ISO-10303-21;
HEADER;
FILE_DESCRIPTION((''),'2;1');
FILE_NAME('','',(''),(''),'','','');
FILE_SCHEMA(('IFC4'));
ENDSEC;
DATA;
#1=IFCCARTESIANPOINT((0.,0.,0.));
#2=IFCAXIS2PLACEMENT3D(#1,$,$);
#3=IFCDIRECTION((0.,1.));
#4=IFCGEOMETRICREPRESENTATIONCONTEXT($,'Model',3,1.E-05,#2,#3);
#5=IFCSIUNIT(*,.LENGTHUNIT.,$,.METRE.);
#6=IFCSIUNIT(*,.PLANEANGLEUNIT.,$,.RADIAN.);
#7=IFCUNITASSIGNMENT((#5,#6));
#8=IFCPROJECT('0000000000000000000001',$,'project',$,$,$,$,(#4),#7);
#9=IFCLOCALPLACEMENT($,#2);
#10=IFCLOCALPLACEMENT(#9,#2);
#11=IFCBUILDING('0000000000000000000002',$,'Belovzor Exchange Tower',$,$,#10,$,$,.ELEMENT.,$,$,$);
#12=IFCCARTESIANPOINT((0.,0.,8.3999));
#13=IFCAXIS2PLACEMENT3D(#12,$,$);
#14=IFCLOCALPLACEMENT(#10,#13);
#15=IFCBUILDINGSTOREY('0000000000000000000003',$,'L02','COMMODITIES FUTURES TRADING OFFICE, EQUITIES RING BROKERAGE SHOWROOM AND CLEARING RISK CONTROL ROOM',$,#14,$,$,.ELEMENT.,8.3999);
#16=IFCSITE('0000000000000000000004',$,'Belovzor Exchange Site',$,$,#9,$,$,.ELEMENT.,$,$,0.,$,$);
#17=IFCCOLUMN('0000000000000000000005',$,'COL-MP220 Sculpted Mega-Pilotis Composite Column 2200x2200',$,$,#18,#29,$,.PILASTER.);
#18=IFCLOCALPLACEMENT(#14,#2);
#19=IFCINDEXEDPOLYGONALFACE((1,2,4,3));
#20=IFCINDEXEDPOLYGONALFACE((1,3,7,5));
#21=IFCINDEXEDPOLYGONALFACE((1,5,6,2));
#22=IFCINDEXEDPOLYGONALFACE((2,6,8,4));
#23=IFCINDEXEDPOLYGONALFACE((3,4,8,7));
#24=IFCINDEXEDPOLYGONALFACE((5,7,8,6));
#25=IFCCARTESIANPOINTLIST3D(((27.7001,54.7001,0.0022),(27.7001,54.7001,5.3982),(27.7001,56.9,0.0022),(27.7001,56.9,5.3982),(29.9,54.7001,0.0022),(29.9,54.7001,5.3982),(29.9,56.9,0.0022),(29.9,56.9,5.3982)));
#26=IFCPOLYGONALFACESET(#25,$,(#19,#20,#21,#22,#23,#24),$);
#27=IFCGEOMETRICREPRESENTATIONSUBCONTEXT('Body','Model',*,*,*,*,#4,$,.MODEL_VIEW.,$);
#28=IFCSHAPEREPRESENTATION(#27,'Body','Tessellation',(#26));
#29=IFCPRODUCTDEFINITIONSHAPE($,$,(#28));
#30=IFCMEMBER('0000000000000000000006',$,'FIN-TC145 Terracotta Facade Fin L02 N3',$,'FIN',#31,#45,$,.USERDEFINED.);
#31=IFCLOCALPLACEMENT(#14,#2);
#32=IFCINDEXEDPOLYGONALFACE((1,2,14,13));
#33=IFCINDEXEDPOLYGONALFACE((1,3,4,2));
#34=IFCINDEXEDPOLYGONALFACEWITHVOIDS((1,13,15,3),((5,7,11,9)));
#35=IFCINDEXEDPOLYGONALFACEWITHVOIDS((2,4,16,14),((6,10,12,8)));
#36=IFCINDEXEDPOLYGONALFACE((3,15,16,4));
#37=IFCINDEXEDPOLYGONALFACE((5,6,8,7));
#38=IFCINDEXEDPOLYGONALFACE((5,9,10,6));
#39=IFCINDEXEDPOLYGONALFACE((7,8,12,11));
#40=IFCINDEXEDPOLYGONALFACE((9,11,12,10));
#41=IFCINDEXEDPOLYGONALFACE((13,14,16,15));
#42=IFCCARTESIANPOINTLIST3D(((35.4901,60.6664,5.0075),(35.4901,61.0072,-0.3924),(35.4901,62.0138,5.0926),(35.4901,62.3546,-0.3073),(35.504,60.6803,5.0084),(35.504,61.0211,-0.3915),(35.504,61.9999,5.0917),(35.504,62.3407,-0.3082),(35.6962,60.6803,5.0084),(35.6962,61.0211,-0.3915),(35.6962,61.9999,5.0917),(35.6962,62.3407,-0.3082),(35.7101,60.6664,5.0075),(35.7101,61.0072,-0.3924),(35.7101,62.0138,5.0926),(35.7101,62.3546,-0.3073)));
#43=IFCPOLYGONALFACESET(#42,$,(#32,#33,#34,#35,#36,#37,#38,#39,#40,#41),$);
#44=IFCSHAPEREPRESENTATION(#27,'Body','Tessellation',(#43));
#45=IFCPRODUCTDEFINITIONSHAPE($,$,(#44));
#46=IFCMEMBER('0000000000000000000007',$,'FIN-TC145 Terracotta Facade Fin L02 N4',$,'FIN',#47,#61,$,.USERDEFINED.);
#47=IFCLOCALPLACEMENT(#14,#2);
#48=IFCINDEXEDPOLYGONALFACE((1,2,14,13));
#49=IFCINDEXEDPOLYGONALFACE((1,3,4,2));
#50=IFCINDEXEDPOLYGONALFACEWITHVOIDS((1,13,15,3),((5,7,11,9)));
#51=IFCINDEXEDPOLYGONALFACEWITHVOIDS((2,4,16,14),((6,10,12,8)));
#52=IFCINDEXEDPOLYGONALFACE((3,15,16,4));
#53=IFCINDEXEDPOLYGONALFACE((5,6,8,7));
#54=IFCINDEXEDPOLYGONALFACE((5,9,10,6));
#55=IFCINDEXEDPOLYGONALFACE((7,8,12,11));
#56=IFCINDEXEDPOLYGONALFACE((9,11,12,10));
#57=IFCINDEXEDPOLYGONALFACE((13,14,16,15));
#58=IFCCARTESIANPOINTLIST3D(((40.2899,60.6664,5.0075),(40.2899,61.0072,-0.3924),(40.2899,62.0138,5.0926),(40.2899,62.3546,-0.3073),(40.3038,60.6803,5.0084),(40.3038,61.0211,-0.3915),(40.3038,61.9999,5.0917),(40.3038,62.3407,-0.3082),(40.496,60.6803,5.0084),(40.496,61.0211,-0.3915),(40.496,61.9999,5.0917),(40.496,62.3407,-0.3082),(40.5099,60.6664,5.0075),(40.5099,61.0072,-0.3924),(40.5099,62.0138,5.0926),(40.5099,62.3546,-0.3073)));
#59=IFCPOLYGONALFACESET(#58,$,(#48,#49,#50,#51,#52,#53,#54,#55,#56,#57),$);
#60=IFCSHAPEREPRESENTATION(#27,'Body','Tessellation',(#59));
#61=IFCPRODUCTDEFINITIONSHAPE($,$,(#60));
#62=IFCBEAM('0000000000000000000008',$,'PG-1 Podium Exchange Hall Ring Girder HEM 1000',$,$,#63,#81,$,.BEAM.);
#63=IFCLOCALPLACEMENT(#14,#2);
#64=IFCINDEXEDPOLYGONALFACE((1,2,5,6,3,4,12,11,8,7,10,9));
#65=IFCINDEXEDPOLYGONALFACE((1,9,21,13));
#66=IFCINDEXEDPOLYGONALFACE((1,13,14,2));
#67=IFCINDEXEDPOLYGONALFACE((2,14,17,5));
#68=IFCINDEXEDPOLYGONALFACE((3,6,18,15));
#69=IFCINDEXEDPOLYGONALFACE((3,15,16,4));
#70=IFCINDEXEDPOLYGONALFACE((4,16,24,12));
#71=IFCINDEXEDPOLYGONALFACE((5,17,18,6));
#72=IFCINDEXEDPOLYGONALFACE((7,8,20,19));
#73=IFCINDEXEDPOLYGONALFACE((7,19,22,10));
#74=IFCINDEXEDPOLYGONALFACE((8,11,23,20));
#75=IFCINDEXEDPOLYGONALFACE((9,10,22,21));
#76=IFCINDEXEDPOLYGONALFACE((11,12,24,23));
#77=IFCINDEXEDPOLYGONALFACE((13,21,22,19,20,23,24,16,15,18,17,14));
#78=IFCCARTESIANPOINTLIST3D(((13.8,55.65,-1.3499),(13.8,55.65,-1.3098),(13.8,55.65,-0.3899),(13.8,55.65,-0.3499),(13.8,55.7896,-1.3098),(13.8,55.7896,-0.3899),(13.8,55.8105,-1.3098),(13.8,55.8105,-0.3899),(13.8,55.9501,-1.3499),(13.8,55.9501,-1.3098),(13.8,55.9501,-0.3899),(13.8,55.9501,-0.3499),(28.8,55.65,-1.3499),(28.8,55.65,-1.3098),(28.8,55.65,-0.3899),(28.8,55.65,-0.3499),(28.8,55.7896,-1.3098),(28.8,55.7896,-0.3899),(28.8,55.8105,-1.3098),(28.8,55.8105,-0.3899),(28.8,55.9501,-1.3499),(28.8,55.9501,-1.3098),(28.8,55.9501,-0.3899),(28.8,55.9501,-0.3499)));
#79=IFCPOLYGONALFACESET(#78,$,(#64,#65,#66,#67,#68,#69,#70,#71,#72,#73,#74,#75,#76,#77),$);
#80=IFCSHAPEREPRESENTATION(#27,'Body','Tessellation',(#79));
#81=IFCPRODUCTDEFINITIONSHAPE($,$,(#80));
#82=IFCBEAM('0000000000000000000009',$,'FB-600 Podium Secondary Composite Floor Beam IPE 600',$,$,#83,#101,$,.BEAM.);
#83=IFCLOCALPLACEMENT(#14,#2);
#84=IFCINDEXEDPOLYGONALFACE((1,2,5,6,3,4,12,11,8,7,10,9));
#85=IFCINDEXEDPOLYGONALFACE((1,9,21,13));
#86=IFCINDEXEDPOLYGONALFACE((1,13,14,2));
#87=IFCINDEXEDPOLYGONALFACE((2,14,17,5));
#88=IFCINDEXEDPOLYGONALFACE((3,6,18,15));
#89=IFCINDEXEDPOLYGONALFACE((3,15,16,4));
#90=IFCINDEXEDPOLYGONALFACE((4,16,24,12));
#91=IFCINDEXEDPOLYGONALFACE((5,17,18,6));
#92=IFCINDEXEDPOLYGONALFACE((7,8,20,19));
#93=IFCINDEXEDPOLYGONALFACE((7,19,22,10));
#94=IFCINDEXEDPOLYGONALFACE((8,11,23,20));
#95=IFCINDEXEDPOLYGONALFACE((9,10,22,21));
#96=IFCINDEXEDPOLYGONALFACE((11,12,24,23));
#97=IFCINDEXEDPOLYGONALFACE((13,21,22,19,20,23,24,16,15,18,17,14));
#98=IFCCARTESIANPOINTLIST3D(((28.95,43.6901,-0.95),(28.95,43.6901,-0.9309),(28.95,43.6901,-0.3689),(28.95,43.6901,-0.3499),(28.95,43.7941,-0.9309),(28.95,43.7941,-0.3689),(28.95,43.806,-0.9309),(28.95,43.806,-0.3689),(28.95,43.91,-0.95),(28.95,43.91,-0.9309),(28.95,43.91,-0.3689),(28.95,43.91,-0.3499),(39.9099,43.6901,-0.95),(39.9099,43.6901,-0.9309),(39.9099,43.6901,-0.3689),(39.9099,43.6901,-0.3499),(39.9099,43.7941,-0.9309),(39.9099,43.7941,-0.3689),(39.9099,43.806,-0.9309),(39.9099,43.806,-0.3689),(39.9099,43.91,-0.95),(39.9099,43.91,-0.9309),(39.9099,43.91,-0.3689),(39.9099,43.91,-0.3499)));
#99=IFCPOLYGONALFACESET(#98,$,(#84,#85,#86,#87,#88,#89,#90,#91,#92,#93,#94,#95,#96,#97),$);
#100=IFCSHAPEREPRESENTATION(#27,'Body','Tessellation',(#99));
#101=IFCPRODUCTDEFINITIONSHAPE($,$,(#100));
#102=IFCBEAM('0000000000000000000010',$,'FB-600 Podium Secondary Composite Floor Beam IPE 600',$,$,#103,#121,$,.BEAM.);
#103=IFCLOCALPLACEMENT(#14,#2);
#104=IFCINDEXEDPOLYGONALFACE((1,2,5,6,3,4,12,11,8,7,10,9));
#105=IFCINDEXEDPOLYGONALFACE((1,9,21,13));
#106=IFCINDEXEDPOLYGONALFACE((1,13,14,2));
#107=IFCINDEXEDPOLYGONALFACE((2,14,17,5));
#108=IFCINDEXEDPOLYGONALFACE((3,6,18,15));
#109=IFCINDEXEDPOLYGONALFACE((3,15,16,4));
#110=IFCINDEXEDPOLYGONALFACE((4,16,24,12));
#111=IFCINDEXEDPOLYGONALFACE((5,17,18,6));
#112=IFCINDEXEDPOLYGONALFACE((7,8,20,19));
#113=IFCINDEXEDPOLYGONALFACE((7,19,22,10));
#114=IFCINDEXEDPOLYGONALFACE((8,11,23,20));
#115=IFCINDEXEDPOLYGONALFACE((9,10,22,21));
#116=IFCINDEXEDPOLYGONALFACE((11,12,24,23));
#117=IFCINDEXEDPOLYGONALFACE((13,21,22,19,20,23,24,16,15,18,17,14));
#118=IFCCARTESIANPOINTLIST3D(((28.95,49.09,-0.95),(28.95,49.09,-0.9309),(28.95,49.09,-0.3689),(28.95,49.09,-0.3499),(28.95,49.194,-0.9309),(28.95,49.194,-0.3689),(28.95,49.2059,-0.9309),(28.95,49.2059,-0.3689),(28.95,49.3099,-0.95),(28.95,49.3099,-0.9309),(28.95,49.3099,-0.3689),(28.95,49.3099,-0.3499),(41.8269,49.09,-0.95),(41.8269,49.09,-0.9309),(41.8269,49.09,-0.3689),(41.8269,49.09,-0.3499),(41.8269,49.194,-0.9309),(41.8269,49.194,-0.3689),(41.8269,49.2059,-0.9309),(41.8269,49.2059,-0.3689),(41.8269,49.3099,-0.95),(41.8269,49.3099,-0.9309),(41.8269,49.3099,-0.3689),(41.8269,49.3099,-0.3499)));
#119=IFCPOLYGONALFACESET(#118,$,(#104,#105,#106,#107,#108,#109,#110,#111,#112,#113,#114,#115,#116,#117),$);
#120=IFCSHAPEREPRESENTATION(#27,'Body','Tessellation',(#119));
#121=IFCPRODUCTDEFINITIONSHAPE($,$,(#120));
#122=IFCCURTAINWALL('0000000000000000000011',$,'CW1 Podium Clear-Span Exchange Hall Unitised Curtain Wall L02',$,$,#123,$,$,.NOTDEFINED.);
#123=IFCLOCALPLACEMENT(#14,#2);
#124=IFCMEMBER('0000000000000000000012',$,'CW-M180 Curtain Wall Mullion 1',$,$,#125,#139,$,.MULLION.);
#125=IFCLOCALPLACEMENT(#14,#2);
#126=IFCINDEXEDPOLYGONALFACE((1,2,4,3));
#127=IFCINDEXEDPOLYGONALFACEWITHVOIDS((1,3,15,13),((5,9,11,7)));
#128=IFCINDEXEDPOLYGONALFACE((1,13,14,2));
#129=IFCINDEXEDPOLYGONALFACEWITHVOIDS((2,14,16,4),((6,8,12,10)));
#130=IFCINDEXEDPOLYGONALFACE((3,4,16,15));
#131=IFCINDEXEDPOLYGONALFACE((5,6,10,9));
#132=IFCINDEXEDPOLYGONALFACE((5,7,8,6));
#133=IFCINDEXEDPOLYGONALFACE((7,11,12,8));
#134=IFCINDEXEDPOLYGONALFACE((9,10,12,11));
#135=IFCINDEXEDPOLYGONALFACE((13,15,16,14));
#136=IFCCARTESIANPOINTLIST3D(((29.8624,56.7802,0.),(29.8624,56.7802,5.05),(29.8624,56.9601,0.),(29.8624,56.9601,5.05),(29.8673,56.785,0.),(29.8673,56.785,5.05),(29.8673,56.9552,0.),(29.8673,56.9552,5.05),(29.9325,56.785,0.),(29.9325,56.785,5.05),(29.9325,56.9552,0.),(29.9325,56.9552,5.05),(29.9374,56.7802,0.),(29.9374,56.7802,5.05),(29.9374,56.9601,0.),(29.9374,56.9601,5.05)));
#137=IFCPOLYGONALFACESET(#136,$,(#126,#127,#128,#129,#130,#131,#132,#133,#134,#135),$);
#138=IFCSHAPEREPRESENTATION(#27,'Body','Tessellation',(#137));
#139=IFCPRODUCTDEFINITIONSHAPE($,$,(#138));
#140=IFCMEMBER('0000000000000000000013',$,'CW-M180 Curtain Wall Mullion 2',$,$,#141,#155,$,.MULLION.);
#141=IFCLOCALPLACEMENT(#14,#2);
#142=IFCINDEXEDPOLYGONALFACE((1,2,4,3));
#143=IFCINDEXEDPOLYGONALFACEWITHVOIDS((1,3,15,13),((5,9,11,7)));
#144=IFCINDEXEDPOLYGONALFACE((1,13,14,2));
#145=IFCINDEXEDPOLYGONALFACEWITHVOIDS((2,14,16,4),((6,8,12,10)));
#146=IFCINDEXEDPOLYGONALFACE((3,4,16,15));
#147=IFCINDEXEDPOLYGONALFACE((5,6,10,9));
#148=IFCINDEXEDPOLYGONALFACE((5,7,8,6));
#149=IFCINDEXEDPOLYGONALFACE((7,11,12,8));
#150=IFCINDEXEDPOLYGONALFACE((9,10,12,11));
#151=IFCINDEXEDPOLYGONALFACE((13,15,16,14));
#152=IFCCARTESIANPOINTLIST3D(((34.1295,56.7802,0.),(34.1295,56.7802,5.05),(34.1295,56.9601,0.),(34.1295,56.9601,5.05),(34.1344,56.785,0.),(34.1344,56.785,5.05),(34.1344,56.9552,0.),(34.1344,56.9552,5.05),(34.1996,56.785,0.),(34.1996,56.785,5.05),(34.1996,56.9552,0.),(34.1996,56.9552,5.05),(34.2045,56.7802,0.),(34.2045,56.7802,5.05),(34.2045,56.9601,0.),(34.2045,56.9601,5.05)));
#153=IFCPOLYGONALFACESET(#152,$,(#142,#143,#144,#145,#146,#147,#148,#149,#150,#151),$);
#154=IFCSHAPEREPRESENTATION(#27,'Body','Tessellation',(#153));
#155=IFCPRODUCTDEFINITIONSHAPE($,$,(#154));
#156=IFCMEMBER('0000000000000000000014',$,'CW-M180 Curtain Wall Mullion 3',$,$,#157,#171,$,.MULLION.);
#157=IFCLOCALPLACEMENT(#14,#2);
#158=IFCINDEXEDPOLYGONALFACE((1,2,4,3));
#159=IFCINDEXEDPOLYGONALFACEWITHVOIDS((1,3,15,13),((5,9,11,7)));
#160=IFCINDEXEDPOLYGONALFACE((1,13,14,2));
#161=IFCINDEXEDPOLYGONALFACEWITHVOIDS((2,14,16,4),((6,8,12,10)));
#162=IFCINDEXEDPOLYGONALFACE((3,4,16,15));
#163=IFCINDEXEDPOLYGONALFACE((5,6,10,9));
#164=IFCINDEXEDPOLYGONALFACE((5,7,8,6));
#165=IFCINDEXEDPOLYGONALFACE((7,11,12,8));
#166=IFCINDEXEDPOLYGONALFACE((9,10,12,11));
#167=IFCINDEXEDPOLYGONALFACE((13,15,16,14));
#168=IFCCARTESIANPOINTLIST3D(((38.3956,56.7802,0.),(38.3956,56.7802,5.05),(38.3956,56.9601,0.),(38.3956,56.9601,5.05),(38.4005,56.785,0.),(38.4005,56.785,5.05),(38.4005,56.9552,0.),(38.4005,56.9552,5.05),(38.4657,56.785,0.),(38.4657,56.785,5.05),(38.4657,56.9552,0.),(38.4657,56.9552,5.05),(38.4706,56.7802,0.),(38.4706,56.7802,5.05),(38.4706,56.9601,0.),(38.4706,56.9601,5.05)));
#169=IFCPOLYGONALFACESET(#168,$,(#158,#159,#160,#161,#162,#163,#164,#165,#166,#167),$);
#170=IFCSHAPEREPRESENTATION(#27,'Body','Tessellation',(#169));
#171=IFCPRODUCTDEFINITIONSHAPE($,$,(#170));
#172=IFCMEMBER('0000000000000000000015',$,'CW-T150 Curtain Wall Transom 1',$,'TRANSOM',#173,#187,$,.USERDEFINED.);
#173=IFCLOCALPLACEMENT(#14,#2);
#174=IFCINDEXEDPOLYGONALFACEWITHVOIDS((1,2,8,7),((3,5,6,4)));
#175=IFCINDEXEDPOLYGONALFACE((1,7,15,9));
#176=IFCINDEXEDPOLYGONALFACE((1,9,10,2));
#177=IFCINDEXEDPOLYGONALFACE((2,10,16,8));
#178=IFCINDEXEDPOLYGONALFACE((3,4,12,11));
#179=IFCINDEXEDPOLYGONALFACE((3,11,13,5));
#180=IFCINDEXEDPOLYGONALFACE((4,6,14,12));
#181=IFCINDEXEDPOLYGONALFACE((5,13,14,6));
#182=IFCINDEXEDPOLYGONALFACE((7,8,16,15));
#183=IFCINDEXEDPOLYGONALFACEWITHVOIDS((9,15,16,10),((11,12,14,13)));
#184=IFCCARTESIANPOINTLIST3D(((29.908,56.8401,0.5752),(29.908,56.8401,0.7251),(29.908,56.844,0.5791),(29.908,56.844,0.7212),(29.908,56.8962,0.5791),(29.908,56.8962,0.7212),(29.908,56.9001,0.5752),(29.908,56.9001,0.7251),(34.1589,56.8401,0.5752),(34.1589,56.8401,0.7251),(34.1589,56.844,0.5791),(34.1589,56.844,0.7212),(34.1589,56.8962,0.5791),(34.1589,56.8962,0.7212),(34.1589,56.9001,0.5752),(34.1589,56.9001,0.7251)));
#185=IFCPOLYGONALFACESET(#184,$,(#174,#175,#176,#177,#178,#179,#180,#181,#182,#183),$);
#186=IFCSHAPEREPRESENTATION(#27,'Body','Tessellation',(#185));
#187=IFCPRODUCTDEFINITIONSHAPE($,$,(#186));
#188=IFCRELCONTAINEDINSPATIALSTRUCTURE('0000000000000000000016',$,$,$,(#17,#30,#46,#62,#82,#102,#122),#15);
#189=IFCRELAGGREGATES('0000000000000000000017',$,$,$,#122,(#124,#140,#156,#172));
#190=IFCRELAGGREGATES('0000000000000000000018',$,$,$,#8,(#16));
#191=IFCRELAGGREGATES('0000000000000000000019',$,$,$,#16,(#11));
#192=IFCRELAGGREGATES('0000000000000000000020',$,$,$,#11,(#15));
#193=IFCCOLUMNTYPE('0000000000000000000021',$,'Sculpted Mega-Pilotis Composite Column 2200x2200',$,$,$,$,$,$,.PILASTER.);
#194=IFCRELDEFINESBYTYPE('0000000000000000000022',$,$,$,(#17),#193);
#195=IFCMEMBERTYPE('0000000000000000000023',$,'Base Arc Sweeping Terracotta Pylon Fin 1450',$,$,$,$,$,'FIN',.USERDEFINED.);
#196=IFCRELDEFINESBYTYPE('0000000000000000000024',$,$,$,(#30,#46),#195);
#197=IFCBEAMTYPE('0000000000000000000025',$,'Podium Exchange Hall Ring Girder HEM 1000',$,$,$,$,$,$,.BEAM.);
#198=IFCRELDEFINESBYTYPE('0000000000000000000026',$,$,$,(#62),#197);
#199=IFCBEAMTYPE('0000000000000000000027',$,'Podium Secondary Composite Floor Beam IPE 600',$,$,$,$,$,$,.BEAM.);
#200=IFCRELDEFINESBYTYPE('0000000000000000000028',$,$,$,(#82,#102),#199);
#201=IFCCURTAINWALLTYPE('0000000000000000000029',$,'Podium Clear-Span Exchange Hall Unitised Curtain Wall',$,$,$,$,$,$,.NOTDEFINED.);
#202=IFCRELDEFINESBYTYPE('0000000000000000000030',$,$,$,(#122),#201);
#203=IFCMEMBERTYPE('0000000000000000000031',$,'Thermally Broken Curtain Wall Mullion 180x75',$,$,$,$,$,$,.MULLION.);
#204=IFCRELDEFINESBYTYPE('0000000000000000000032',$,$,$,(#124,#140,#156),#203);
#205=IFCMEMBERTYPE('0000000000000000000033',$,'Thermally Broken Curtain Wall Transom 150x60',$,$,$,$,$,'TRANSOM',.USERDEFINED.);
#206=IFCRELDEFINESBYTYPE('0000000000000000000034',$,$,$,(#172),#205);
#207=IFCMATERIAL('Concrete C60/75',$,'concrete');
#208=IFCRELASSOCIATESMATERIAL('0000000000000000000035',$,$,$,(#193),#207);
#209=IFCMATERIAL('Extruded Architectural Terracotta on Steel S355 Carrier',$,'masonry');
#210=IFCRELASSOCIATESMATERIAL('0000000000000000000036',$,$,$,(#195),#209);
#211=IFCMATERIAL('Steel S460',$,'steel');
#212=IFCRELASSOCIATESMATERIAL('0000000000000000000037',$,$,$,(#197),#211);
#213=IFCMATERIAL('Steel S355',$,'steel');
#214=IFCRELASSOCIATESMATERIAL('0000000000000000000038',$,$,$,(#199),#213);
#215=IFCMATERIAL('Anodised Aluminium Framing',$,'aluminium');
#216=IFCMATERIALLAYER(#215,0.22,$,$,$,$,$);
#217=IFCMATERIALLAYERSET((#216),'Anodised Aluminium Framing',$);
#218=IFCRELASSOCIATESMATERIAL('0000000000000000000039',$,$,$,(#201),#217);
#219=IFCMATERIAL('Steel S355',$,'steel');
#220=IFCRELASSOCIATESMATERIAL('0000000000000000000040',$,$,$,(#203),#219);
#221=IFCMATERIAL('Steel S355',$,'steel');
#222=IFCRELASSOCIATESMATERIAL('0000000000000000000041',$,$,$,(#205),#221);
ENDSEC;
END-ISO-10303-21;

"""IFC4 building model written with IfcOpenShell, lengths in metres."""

from ifc_helpers import new_model, si_unit, direction, frame, origin, origin_2d, place, context, subcontext, project, spatial, rectangle, hollow_rectangle, i_section, extrude, material, layer, layer_set, material_profile, profile_set, type_object, element, aggregate, save


model = new_model("IFC4")

# Units and contexts
model_context = context("Model", 3, precision=1e-05, world=origin(), true_north=direction((0.0, 1.0)))
body_context = subcontext(model_context, "Body", "Model", "MODEL_VIEW")
ifc_project = project(units=[si_unit("LENGTHUNIT", "METRE"), si_unit("PLANEANGLEUNIT", "RADIAN")], contexts=[model_context])

# Site, building, storey
site_placement = place(None, origin())
site = spatial("IfcSite", under=ifc_project, at=site_placement, Name="Belovzor Exchange Site", CompositionType="ELEMENT", RefElevation=0.0)
building_placement = place(site_placement, origin())
building = spatial("IfcBuilding", under=site, at=building_placement, Name="Belovzor Exchange Tower", CompositionType="ELEMENT")
storey_placement = place(building_placement, frame((0.0, 0.0, 8.3999)))
storey = spatial("IfcBuildingStorey", under=building, at=storey_placement, Name="L02", Description="COMMODITIES FUTURES TRADING OFFICE, EQUITIES RING BROKERAGE SHOWROOM AND CLEARING RISK CONTROL ROOM", CompositionType="ELEMENT", Elevation=8.3999)

# Column
ifc_material_1 = material(Name="Concrete C60/75", Category="concrete")
ifc_material_profile_1 = material_profile(ifc_material_1, rectangle(XDim=2.2, YDim=2.2, at=origin_2d()))
ifc_profile_set_1 = profile_set([ifc_material_profile_1], Name="Concrete C60/75")
column_type = type_object("IfcColumnType", Name="Sculpted Mega-Pilotis Composite Column 2200x2200", PredefinedType="PILASTER", material=ifc_profile_set_1)
column_placement = place(storey_placement, frame((28.8, 55.8, 0.0022), z_axis=(0.0, 0.0, 1.0), x_axis=(1.0, 0.0, 0.0)))
element("IfcColumn", 1, at=column_placement, inside=storey, type_object=column_type, Name="COL-MP220 Sculpted Mega-Pilotis Composite Column 2200x2200", PredefinedType="PILASTER", context=body_context, shape_type="SweptSolid", body=[
    extrude(rectangle(XDim=2.2, YDim=2.2, at=origin_2d()), origin(), (0.0, 0.0, 1.0), 5.396),
])

# Members
ifc_material_2 = material(Name="Extruded Architectural Terracotta on Steel S355 Carrier", Category="masonry")
ifc_material_profile_2 = material_profile(ifc_material_2, hollow_rectangle(XDim=0.22, YDim=1.3501, WallThickness=0.0139, at=origin_2d()))
ifc_profile_set_2 = profile_set([ifc_material_profile_2], Name="Extruded Architectural Terracotta on Steel S355 Carrier")
member_type_1 = type_object("IfcMemberType", Name="Base Arc Sweeping Terracotta Pylon Fin 1450", ElementType="FIN", PredefinedType="USERDEFINED", material=ifc_profile_set_2)
for number, where, z_axis, x_axis, name in (
    (2, (35.6001, 61.6809, -0.3499), (0.0, -0.062991, 0.998014), (1.0, 0.0, 0.0), "FIN-TC145 Terracotta Facade Fin L02 N3"),
    (3, (40.3999, 61.6809, -0.3499), (0.0, -0.062991, 0.998014), (1.0, 0.0, 0.0), "FIN-TC145 Terracotta Facade Fin L02 N4"),
):
    element("IfcMember", number, at=place(storey_placement, frame(where, z_axis=z_axis, x_axis=x_axis)), inside=storey, type_object=member_type_1, Name=name, ObjectType="FIN", PredefinedType="USERDEFINED", context=body_context, shape_type="SweptSolid", body=[
        extrude(hollow_rectangle(XDim=0.22, YDim=1.3501, WallThickness=0.0139, at=origin_2d()), origin(), (0.0, 0.0, 1.0), 5.4106),
    ])

# Beams
ifc_material_3 = material(Name="Steel S460", Category="steel")
ifc_material_profile_3 = material_profile(ifc_material_3, i_section(OverallWidth=0.3, OverallDepth=1.0, WebThickness=0.021, FlangeThickness=0.04, at=origin_2d()))
ifc_profile_set_3 = profile_set([ifc_material_profile_3], Name="Steel S460")
beam_type_1 = type_object("IfcBeamType", Name="Podium Exchange Hall Ring Girder HEM 1000", PredefinedType="BEAM", material=ifc_profile_set_3)
beam_1_placement = place(storey_placement, frame((28.8, 55.8, -0.8499), z_axis=(-1.0, 0.0, 0.0), x_axis=(0.0, -1.0, 0.0)))
element("IfcBeam", 4, at=beam_1_placement, inside=storey, type_object=beam_type_1, Name="PG-1 Podium Exchange Hall Ring Girder HEM 1000", PredefinedType="BEAM", context=body_context, shape_type="SweptSolid", body=[
    extrude(i_section(OverallWidth=0.3, OverallDepth=1.0, WebThickness=0.021, FlangeThickness=0.04, at=origin_2d()), origin(), (0.0, 0.0, 1.0), 15.0),
])
ifc_material_4 = material(Name="Steel S355", Category="steel")
ifc_material_profile_4 = material_profile(ifc_material_4, i_section(OverallWidth=0.22, OverallDepth=0.6001, WebThickness=0.012, FlangeThickness=0.019, at=origin_2d()))
ifc_profile_set_4 = profile_set([ifc_material_profile_4], Name="Steel S355")
beam_type_2 = type_object("IfcBeamType", Name="Podium Secondary Composite Floor Beam IPE 600", PredefinedType="BEAM", material=ifc_profile_set_4)
beam_2_placement = place(storey_placement, frame((28.95, 43.8, -0.6499), z_axis=(1.0, 0.0, 0.0), x_axis=(0.0, 1.0, 0.0)))
element("IfcBeam", 5, at=beam_2_placement, inside=storey, type_object=beam_type_2, Name="FB-600 Podium Secondary Composite Floor Beam IPE 600", PredefinedType="BEAM", context=body_context, shape_type="SweptSolid", body=[
    extrude(i_section(OverallWidth=0.22, OverallDepth=0.6001, WebThickness=0.012, FlangeThickness=0.019, at=origin_2d()), origin(), (0.0, 0.0, 1.0), 10.96),
])
beam_3_placement = place(storey_placement, frame((28.95, 49.2, -0.6499), z_axis=(1.0, 0.0, 0.0), x_axis=(0.0, 1.0, 0.0)))
element("IfcBeam", 6, at=beam_3_placement, inside=storey, type_object=beam_type_2, Name="FB-600 Podium Secondary Composite Floor Beam IPE 600", PredefinedType="BEAM", context=body_context, shape_type="SweptSolid", body=[
    extrude(i_section(OverallWidth=0.22, OverallDepth=0.6001, WebThickness=0.012, FlangeThickness=0.019, at=origin_2d()), origin(), (0.0, 0.0, 1.0), 12.877),
])

# Curtain wall, members
ifc_material_5 = material(Name="Anodised Aluminium Framing", Category="aluminium")
ifc_layer_1 = layer(ifc_material_5, 0.22)
ifc_layer_set_1 = layer_set([ifc_layer_1], Name="Anodised Aluminium Framing")
curtain_wall_type = type_object("IfcCurtainWallType", Name="Podium Clear-Span Exchange Hall Unitised Curtain Wall", PredefinedType="NOTDEFINED", material=ifc_layer_set_1)
curtain_wall_placement = place(storey_placement, origin())
curtain_wall = element("IfcCurtainWall", 7, at=curtain_wall_placement, inside=storey, type_object=curtain_wall_type, Name="CW1 Podium Clear-Span Exchange Hall Unitised Curtain Wall L02", PredefinedType="NOTDEFINED")
ifc_material_6 = material(Name="Steel S355", Category="steel")
ifc_material_profile_5 = material_profile(ifc_material_6, hollow_rectangle(XDim=0.075, YDim=0.1799, WallThickness=0.0049, at=origin_2d()))
ifc_profile_set_5 = profile_set([ifc_material_profile_5], Name="Steel S355")
member_type_2 = type_object("IfcMemberType", Name="Thermally Broken Curtain Wall Mullion 180x75", PredefinedType="MULLION", material=ifc_profile_set_5)
member_1_placement = place(storey_placement, frame((29.8999, 56.8701, 0.0), z_axis=(0.0, 0.0, 1.0), x_axis=(1.0, 0.0, 0.0)))
member_1 = element("IfcMember", 8, at=member_1_placement, type_object=member_type_2, Name="CW-M180 Curtain Wall Mullion 1", PredefinedType="MULLION", context=body_context, shape_type="SweptSolid", body=[
    extrude(hollow_rectangle(XDim=0.075, YDim=0.1799, WallThickness=0.0049, at=origin_2d()), origin(), (0.0, 0.0, 1.0), 5.05),
])
member_2_placement = place(storey_placement, frame((34.167, 56.8701, 0.0), z_axis=(0.0, 0.0, 1.0), x_axis=(1.0, 0.0, 0.0)))
member_2 = element("IfcMember", 9, at=member_2_placement, type_object=member_type_2, Name="CW-M180 Curtain Wall Mullion 2", PredefinedType="MULLION", context=body_context, shape_type="SweptSolid", body=[
    extrude(hollow_rectangle(XDim=0.075, YDim=0.1799, WallThickness=0.0049, at=origin_2d()), origin(), (0.0, 0.0, 1.0), 5.05),
])
member_3_placement = place(storey_placement, frame((38.4331, 56.8701, 0.0), z_axis=(0.0, 0.0, 1.0), x_axis=(1.0, 0.0, 0.0)))
member_3 = element("IfcMember", 10, at=member_3_placement, type_object=member_type_2, Name="CW-M180 Curtain Wall Mullion 3", PredefinedType="MULLION", context=body_context, shape_type="SweptSolid", body=[
    extrude(hollow_rectangle(XDim=0.075, YDim=0.1799, WallThickness=0.0049, at=origin_2d()), origin(), (0.0, 0.0, 1.0), 5.05),
])
ifc_material_7 = material(Name="Steel S355", Category="steel")
ifc_material_profile_6 = material_profile(ifc_material_7, hollow_rectangle(XDim=0.0601, YDim=0.1499, WallThickness=0.0039, at=origin_2d()))
ifc_profile_set_6 = profile_set([ifc_material_profile_6], Name="Steel S355")
member_type_3 = type_object("IfcMemberType", Name="Thermally Broken Curtain Wall Transom 150x60", ElementType="TRANSOM", PredefinedType="USERDEFINED", material=ifc_profile_set_6)
member_4_placement = place(storey_placement, frame((29.908, 56.8701, 0.6501), z_axis=(1.0, 0.0, 0.0), x_axis=(0.0, 1.0, 0.0)))
member_4 = element("IfcMember", 11, at=member_4_placement, type_object=member_type_3, Name="CW-T150 Curtain Wall Transom 1", ObjectType="TRANSOM", PredefinedType="USERDEFINED", context=body_context, shape_type="SweptSolid", body=[
    extrude(hollow_rectangle(XDim=0.0601, YDim=0.1499, WallThickness=0.0039, at=origin_2d()), origin(), (0.0, 0.0, 1.0), 4.251),
])

aggregate(curtain_wall, [member_1, member_2, member_3, member_4])

save(model, "model.ifc")
